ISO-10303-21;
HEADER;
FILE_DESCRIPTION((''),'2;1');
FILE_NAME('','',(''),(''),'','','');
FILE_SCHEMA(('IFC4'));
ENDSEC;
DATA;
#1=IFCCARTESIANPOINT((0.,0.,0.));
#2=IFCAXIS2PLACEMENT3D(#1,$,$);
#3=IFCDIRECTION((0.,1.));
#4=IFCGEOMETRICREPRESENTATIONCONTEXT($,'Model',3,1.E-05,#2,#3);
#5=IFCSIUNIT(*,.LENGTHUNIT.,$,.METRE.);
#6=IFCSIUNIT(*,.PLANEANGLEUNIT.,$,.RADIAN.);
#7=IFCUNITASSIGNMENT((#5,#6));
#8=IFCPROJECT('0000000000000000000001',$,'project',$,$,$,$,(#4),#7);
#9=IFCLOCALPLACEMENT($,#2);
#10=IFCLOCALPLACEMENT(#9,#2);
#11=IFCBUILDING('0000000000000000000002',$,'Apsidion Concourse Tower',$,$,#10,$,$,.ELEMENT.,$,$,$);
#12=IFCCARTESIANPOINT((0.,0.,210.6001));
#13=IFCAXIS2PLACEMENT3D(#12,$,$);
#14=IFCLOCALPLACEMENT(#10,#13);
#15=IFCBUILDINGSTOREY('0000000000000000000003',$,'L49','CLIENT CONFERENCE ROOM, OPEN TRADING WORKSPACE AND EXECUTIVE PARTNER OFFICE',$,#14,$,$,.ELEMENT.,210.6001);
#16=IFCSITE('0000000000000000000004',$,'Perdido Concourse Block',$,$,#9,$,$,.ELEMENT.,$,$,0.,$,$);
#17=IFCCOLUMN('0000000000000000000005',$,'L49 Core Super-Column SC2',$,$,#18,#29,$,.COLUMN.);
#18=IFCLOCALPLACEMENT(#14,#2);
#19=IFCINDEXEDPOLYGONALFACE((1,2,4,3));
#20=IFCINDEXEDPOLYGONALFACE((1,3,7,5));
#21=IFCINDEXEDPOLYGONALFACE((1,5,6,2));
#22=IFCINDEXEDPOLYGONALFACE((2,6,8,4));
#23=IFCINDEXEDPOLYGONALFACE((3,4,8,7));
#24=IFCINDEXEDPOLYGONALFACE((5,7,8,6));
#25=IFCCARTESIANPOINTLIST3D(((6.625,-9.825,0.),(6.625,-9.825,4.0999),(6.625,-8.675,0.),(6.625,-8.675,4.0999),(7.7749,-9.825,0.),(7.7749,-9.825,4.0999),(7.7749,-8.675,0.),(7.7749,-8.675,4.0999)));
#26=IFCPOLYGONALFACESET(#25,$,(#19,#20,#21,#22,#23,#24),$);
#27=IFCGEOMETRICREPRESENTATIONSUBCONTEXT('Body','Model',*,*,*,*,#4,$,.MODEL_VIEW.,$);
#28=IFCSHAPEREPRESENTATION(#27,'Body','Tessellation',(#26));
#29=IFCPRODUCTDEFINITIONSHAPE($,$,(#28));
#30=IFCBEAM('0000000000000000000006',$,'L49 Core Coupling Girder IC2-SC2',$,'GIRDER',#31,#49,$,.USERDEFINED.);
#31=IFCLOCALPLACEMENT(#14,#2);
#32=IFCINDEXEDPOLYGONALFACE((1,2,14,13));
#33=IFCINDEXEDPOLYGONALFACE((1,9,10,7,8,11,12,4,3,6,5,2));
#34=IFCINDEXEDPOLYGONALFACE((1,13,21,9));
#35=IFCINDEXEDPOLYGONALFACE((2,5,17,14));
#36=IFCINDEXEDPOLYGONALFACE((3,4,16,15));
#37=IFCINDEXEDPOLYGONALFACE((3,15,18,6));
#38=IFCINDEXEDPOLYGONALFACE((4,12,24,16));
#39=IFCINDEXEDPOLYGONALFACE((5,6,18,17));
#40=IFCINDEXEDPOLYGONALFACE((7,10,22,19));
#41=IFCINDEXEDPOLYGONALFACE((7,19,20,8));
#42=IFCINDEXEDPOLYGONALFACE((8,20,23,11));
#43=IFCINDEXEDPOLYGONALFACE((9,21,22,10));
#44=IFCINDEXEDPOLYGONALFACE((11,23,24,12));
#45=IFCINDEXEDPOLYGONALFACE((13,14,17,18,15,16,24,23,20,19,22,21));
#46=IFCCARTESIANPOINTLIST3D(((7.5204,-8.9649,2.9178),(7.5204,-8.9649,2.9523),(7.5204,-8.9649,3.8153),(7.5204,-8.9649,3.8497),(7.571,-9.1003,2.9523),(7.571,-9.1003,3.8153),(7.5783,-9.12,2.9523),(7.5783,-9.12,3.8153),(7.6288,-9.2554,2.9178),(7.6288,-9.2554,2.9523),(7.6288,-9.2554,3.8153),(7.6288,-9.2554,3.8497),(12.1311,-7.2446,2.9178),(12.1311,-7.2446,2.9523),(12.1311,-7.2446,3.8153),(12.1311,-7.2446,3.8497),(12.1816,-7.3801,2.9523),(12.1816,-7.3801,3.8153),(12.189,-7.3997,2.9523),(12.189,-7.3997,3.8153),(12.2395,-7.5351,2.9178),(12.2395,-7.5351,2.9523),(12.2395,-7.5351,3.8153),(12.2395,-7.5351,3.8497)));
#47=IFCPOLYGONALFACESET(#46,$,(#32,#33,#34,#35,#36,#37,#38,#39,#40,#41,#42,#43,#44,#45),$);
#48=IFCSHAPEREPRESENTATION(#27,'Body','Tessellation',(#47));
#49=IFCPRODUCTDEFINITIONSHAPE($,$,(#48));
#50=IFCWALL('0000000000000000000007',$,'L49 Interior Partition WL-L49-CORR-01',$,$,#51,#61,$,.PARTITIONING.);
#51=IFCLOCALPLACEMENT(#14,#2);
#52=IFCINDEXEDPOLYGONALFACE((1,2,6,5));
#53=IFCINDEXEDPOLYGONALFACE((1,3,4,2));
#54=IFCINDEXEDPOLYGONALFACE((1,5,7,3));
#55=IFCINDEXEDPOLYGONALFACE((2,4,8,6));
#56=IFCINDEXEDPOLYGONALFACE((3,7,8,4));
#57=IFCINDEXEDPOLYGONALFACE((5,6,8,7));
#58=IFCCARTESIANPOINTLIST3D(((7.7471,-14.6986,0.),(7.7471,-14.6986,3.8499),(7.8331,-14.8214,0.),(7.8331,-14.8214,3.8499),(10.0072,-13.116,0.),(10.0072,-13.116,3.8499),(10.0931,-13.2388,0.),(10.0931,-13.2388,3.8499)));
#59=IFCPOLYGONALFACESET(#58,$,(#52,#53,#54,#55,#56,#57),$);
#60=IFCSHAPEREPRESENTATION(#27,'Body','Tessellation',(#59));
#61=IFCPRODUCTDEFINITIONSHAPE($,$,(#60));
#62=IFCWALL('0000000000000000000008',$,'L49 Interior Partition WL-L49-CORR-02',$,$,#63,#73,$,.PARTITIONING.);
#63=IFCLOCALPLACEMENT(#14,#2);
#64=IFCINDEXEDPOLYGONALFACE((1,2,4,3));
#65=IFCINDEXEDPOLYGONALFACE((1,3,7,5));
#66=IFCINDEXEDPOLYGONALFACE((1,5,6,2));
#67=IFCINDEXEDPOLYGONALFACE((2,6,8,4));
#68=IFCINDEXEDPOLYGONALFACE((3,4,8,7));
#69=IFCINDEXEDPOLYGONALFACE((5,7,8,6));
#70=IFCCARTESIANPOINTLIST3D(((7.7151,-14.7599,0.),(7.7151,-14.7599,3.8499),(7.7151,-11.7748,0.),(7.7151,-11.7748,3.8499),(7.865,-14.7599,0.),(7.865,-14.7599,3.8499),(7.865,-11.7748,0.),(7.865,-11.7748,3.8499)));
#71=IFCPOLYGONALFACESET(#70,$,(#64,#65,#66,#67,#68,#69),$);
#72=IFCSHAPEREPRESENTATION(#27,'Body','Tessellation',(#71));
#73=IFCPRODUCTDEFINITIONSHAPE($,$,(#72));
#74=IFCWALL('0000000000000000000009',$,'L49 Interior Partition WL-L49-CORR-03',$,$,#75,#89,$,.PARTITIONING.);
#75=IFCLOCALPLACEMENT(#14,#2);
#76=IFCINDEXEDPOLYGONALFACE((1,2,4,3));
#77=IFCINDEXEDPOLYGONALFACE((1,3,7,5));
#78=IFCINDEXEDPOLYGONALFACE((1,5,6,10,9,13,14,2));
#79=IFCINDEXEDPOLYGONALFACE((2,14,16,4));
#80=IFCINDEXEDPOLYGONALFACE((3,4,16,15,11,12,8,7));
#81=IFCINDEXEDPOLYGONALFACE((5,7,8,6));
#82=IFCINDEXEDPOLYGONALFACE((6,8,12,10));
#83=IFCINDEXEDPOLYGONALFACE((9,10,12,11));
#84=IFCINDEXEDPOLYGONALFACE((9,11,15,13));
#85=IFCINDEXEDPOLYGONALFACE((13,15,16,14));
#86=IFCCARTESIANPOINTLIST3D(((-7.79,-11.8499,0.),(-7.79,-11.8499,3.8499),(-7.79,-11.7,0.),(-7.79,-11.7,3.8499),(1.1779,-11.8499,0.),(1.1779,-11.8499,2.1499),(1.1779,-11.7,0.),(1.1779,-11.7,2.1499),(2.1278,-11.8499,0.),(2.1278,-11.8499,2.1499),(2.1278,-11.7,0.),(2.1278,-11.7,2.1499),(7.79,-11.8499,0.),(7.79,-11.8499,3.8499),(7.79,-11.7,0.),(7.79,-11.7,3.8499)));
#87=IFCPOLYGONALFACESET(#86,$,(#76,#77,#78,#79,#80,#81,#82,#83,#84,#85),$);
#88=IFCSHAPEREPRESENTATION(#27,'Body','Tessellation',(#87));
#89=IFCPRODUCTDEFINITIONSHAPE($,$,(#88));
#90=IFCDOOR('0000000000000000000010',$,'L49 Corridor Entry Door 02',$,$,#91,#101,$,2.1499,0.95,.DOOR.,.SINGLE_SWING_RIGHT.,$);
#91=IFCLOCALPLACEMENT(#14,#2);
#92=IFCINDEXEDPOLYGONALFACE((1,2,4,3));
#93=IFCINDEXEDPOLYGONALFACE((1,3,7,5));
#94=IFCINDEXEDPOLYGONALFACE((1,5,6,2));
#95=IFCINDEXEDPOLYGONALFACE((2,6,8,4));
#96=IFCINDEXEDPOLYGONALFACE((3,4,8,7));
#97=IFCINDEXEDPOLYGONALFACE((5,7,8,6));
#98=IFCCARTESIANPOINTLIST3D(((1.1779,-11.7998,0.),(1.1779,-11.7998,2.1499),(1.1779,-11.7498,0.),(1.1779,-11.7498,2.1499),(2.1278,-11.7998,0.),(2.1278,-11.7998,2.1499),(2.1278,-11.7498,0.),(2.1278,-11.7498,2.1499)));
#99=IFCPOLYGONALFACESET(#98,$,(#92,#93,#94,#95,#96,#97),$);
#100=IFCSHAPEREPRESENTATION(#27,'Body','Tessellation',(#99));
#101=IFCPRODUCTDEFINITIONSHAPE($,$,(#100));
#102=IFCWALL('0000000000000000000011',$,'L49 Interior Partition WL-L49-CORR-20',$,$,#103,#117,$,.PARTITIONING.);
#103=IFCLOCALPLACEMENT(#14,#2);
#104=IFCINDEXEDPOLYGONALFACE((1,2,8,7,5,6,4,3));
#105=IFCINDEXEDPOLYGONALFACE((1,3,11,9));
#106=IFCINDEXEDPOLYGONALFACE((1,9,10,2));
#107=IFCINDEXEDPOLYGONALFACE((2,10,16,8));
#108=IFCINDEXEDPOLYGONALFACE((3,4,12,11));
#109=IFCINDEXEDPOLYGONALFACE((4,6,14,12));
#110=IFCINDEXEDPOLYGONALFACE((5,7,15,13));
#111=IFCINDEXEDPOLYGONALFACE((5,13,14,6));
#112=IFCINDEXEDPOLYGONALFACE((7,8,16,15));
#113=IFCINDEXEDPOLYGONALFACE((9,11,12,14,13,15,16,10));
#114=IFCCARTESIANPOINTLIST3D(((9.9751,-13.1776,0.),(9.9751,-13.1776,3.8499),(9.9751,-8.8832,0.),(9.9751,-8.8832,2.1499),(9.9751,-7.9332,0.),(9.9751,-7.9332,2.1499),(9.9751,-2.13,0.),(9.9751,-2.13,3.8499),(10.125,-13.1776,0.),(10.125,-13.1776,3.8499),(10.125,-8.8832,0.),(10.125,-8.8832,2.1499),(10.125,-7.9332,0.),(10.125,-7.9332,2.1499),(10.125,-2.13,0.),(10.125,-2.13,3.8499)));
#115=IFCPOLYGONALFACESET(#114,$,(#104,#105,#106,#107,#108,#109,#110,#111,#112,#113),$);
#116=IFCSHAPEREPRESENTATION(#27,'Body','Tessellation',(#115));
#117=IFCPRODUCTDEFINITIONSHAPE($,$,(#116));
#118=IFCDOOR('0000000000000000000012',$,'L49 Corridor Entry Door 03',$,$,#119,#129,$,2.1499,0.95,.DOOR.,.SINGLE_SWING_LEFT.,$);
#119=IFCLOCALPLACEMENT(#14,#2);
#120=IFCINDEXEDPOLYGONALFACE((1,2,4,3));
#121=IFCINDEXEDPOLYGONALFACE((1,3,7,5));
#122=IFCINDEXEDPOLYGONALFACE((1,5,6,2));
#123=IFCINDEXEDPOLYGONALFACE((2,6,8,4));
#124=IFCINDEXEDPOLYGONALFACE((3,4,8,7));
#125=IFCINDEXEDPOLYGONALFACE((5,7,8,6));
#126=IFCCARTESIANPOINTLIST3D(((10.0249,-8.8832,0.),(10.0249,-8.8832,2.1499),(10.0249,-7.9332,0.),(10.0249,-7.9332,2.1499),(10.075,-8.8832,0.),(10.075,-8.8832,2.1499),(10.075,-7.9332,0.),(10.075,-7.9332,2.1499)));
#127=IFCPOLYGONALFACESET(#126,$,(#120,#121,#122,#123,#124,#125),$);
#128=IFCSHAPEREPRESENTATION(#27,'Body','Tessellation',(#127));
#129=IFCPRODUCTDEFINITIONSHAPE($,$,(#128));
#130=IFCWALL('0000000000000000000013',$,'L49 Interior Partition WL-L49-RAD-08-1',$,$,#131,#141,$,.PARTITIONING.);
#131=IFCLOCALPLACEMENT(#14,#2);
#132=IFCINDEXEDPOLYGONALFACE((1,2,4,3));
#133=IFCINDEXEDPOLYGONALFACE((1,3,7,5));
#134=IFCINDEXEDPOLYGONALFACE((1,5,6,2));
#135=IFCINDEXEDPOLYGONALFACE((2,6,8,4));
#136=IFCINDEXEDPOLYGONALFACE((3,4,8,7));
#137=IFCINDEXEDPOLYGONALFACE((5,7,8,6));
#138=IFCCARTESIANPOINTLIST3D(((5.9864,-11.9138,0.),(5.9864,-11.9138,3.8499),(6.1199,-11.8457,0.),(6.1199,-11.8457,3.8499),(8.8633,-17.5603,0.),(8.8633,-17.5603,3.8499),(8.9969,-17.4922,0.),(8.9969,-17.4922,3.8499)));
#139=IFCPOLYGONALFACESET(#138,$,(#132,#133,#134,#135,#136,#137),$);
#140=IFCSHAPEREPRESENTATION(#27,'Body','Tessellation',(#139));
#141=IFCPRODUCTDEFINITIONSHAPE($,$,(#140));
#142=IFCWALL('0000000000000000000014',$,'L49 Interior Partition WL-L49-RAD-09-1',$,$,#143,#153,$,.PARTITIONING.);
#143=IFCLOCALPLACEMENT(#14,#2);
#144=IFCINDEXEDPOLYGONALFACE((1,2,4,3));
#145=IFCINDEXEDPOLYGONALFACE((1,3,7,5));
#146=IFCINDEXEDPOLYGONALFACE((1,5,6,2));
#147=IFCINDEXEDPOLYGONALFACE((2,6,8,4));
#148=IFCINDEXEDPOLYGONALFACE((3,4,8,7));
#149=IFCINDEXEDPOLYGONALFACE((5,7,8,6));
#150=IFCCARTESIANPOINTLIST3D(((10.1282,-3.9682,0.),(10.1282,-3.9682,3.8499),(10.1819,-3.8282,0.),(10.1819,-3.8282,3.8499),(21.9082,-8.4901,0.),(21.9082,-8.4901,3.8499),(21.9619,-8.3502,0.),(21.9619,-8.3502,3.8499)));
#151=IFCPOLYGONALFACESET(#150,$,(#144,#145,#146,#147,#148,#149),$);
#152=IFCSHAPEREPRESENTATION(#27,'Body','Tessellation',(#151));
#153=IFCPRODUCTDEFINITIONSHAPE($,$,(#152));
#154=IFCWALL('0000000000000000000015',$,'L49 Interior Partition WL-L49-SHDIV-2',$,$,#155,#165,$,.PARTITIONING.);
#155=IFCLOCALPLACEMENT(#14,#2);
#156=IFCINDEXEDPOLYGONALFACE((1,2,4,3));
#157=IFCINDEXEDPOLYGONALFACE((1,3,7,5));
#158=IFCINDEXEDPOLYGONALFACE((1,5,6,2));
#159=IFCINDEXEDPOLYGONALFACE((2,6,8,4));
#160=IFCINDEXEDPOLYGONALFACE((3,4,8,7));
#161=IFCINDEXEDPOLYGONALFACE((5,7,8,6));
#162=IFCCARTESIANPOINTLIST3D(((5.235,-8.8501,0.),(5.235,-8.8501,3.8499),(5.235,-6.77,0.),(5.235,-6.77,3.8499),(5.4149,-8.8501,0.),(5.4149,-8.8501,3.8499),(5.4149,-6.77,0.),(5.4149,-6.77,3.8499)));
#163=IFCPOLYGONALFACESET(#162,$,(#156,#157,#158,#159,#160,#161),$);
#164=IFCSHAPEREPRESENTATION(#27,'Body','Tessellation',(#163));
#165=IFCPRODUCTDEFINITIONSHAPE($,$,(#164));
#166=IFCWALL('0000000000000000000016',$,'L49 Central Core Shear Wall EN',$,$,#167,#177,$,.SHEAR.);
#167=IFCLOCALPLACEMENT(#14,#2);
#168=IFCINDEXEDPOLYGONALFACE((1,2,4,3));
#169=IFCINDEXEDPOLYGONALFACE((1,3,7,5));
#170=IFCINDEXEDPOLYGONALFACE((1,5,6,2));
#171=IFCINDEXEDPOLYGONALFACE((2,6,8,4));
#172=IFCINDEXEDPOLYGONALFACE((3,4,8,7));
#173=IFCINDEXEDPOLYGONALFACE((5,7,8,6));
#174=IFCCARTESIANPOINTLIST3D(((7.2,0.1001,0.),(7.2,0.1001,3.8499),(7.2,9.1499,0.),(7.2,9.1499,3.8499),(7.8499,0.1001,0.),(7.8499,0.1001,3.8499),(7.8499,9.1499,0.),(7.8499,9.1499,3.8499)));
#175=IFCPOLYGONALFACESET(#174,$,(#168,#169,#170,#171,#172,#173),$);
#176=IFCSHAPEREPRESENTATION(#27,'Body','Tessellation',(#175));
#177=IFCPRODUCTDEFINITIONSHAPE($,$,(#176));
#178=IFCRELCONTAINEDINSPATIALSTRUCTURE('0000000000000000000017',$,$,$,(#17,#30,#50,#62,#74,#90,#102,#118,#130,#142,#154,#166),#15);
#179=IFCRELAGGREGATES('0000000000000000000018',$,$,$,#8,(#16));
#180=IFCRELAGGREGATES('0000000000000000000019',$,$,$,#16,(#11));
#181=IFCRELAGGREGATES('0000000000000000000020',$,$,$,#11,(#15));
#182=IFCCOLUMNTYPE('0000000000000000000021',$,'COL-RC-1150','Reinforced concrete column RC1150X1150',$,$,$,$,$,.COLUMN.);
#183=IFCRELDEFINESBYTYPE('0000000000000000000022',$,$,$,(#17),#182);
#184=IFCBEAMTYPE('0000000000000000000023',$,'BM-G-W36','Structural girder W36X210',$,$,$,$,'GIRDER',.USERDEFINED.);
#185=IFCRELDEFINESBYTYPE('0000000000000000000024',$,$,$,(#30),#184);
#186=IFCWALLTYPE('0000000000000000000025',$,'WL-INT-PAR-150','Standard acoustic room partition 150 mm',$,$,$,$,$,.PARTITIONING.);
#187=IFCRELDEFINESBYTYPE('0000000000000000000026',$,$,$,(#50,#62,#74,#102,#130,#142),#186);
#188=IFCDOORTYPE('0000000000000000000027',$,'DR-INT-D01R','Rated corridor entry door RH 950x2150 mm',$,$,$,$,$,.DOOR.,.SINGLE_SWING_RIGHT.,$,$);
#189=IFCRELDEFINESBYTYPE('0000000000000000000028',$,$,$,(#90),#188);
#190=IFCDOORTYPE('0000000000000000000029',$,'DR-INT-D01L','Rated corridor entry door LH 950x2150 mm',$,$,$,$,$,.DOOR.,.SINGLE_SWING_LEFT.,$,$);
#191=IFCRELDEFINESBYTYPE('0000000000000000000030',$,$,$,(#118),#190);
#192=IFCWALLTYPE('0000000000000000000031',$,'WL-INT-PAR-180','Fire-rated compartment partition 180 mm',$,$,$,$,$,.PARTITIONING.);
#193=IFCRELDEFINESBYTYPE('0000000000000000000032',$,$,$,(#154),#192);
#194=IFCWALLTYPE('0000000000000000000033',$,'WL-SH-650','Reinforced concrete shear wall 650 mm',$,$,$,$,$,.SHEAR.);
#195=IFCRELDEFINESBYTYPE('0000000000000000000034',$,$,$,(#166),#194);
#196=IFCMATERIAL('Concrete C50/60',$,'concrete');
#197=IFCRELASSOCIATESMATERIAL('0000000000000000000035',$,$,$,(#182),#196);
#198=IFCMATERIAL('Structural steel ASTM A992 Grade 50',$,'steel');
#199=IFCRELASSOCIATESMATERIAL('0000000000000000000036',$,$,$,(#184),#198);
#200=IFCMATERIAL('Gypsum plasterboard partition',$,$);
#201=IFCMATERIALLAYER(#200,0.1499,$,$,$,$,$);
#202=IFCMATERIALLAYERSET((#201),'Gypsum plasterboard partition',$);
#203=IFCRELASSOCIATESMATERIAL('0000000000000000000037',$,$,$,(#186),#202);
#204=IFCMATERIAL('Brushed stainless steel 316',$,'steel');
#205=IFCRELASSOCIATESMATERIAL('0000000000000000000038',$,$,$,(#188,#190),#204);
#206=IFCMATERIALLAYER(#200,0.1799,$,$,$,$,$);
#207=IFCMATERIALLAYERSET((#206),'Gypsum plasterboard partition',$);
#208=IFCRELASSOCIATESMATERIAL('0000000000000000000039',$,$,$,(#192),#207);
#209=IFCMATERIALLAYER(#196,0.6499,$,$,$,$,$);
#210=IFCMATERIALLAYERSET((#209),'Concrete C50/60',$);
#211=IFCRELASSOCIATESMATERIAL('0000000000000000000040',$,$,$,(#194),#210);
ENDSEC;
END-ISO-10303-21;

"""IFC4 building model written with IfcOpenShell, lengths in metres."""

from ifc_helpers import new_model, si_unit, direction, frame, frame_2d, origin, origin_2d, place, context, subcontext, project, spatial, rectangle, i_section, extrude, material, layer, layer_set, material_profile, profile_set, type_object, element, fill, save


model = new_model("IFC4")

# Units and contexts
model_context = context("Model", 3, precision=1e-05, world=origin(), true_north=direction((0.0, 1.0)))
body_context = subcontext(model_context, "Body", "Model", "MODEL_VIEW")
ifc_project = project(units=[si_unit("LENGTHUNIT", "METRE"), si_unit("PLANEANGLEUNIT", "RADIAN")], contexts=[model_context])

# Site, building, storey
site_placement = place(None, origin())
site = spatial("IfcSite", under=ifc_project, at=site_placement, Name="Perdido Concourse Block", CompositionType="ELEMENT", RefElevation=0.0)
building_placement = place(site_placement, origin())
building = spatial("IfcBuilding", under=site, at=building_placement, Name="Apsidion Concourse Tower", CompositionType="ELEMENT")
storey_placement = place(building_placement, frame((0.0, 0.0, 210.6001)))
storey = spatial("IfcBuildingStorey", under=building, at=storey_placement, Name="L49", Description="CLIENT CONFERENCE ROOM, OPEN TRADING WORKSPACE AND EXECUTIVE PARTNER OFFICE", CompositionType="ELEMENT", Elevation=210.6001)

# Column
ifc_material_1 = material(Name="Concrete C50/60", Category="concrete")
ifc_material_profile_1 = material_profile(ifc_material_1, rectangle(XDim=1.1499, YDim=1.1499, at=origin_2d()), Name="RC 1150x1150")
ifc_profile_set_1 = profile_set([ifc_material_profile_1], Name="Concrete C50/60")
column_type = type_object("IfcColumnType", Name="COL-RC-1150", Description="Reinforced concrete column RC1150X1150", PredefinedType="COLUMN", material=ifc_profile_set_1)
column_placement = place(storey_placement, frame((7.2, -9.25, 0.0), z_axis=(0.0, 0.0, 1.0), x_axis=(1.0, 0.0, 0.0)))
element("IfcColumn", 1, at=column_placement, inside=storey, type_object=column_type, Name="L49 Core Super-Column SC2", PredefinedType="COLUMN", context=body_context, shape_type="SweptSolid", body=[
    extrude(rectangle(XDim=1.1499, YDim=1.1499, at=origin_2d()), origin(), (0.0, 0.0, 1.0), 4.0999),
])

# Beam
ifc_material_2 = material(Name="Structural steel ASTM A992 Grade 50", Category="steel")
ifc_material_profile_2 = material_profile(ifc_material_2, i_section(OverallWidth=0.3101, OverallDepth=0.9319, WebThickness=0.021, FlangeThickness=0.0344, at=origin_2d()), Name="W36X210")
ifc_profile_set_2 = profile_set([ifc_material_profile_2], Name="Structural steel ASTM A992 Grade 50")
beam_type = type_object("IfcBeamType", Name="BM-G-W36", Description="Structural girder W36X210", ElementType="GIRDER", PredefinedType="USERDEFINED", material=ifc_profile_set_2)
beam_placement = place(storey_placement, frame((12.1853, -7.3899, 3.3838), z_axis=(-0.936913, -0.349563, 0.0), x_axis=(0.349563, -0.936913, 0.0)))
element("IfcBeam", 2, at=beam_placement, inside=storey, type_object=beam_type, Name="L49 Core Coupling Girder IC2-SC2", ObjectType="GIRDER", PredefinedType="USERDEFINED", context=body_context, shape_type="SweptSolid", body=[
    extrude(i_section(OverallWidth=0.3101, OverallDepth=0.9319, WebThickness=0.021, FlangeThickness=0.0344, at=origin_2d()), origin(), (0.0, 0.0, 1.0), 4.9211),
])

# Walls
ifc_material_3 = material(Name="Gypsum plasterboard partition")
ifc_layer_1 = layer(ifc_material_3, 0.1499)
ifc_layer_set_1 = layer_set([ifc_layer_1], Name="Gypsum plasterboard partition")
wall_type_1 = type_object("IfcWallType", Name="WL-INT-PAR-150", Description="Standard acoustic room partition 150 mm", PredefinedType="PARTITIONING", material=ifc_layer_set_1)
wall_1_placement = place(storey_placement, frame((10.05, -13.1775, 0.0), z_axis=(0.0, 0.0, 1.0), x_axis=(-0.819145, -0.573587, 0.0)))
element("IfcWall", 3, at=wall_1_placement, inside=storey, type_object=wall_type_1, Name="L49 Interior Partition WL-L49-CORR-01", PredefinedType="PARTITIONING", context=body_context, shape_type="SweptSolid", body=[
    extrude(rectangle(XDim=2.759, YDim=0.1499, at=frame_2d((1.3794, 0.0))), origin(), (0.0, 0.0, 1.0), 3.8499),
])
wall_2_placement = place(storey_placement, frame((7.79, -14.76, 0.0), z_axis=(0.0, 0.0, 1.0), x_axis=(0.0, 1.0, 0.0)))
element("IfcWall", 4, at=wall_2_placement, inside=storey, type_object=wall_type_1, Name="L49 Interior Partition WL-L49-CORR-02", PredefinedType="PARTITIONING", context=body_context, shape_type="SweptSolid", body=[
    extrude(rectangle(XDim=2.9851, YDim=0.1499, at=frame_2d((1.4927, 0.0))), origin(), (0.0, 0.0, 1.0), 3.8499),
])

# Walls, openings, doors
wall_3_placement = place(storey_placement, frame((7.79, -11.7749, 0.0), z_axis=(0.0, 0.0, 1.0), x_axis=(-1.0, 0.0, 0.0)))
wall_3 = element("IfcWall", 5, at=wall_3_placement, inside=storey, type_object=wall_type_1, Name="L49 Interior Partition WL-L49-CORR-03", PredefinedType="PARTITIONING", context=body_context, shape_type="SweptSolid", body=[
    extrude(rectangle(XDim=15.5801, YDim=0.1499, at=frame_2d((7.79, 0.0))), origin(), (0.0, 0.0, 1.0), 3.8499),
])
opening_1_placement = place(wall_3_placement, frame((5.6621, 0.0, 0.0)))
opening_1 = element("IfcOpeningElement", 6, at=opening_1_placement, cuts=wall_3, PredefinedType="OPENING", context=body_context, shape_type="SweptSolid", body=[
    extrude(rectangle(XDim=0.95, YDim=2.1499, at=frame_2d((0.4751, 1.075))), frame((0.0, 0.085, 0.0), z_axis=(0.0, -1.0, 0.0), x_axis=(1.0, 0.0, 0.0)), (0.0, 0.0, 1.0), 0.1699),
])
ifc_material_4 = material(Name="Brushed stainless steel 316", Category="steel")
door_type_1 = type_object("IfcDoorType", Name="DR-INT-D01R", Description="Rated corridor entry door RH 950x2150 mm", OperationType="SINGLE_SWING_RIGHT", PredefinedType="DOOR", material=ifc_material_4)
door_1_placement = place(opening_1_placement, origin())
door_1 = element("IfcDoor", 7, at=door_1_placement, inside=storey, type_object=door_type_1, Name="L49 Corridor Entry Door 02", OperationType="SINGLE_SWING_RIGHT", OverallHeight=2.1499, OverallWidth=0.95, PredefinedType="DOOR", context=body_context, shape_type="SweptSolid", body=[
    extrude(rectangle(XDim=0.95, YDim=2.1499, at=frame_2d((0.4751, 1.075))), frame((0.0, 0.0249, 0.0), z_axis=(0.0, -1.0, 0.0), x_axis=(1.0, 0.0, 0.0)), (0.0, 0.0, 1.0), 0.05),
])
fill(opening_1, door_1)
wall_4_placement = place(storey_placement, frame((10.05, -2.1299, 0.0), z_axis=(0.0, 0.0, 1.0), x_axis=(0.0, -1.0, 0.0)))
wall_4 = element("IfcWall", 8, at=wall_4_placement, inside=storey, type_object=wall_type_1, Name="L49 Interior Partition WL-L49-CORR-20", PredefinedType="PARTITIONING", context=body_context, shape_type="SweptSolid", body=[
    extrude(rectangle(XDim=11.0476, YDim=0.1499, at=frame_2d((5.5239, 0.0))), origin(), (0.0, 0.0, 1.0), 3.8499),
])
opening_2_placement = place(wall_4_placement, frame((5.8032, 0.0, 0.0)))
opening_2 = element("IfcOpeningElement", 9, at=opening_2_placement, cuts=wall_4, PredefinedType="OPENING", context=body_context, shape_type="SweptSolid", body=[
    extrude(rectangle(XDim=0.95, YDim=2.1499, at=frame_2d((0.4751, 1.075))), frame((0.0, 0.085, 0.0), z_axis=(0.0, -1.0, 0.0), x_axis=(1.0, 0.0, 0.0)), (0.0, 0.0, 1.0), 0.1699),
])
door_type_2 = type_object("IfcDoorType", Name="DR-INT-D01L", Description="Rated corridor entry door LH 950x2150 mm", OperationType="SINGLE_SWING_LEFT", PredefinedType="DOOR", material=ifc_material_4)
door_2_placement = place(opening_2_placement, origin())
door_2 = element("IfcDoor", 10, at=door_2_placement, inside=storey, type_object=door_type_2, Name="L49 Corridor Entry Door 03", OperationType="SINGLE_SWING_LEFT", OverallHeight=2.1499, OverallWidth=0.95, PredefinedType="DOOR", context=body_context, shape_type="SweptSolid", body=[
    extrude(rectangle(XDim=0.95, YDim=2.1499, at=frame_2d((0.4751, 1.075))), frame((0.0, 0.0249, 0.0), z_axis=(0.0, -1.0, 0.0), x_axis=(1.0, 0.0, 0.0)), (0.0, 0.0, 1.0), 0.05),
])
fill(opening_2, door_2)

# Walls
wall_5_placement = place(storey_placement, frame((6.0532, -11.8799, 0.0), z_axis=(0.0, 0.0, 1.0), x_axis=(0.453981, -0.891011, 0.0)))
element("IfcWall", 11, at=wall_5_placement, inside=storey, type_object=wall_type_1, Name="L49 Interior Partition WL-L49-RAD-08-1", PredefinedType="PARTITIONING", context=body_context, shape_type="SweptSolid", body=[
    extrude(rectangle(XDim=6.3372, YDim=0.1499, at=frame_2d((3.1685, 0.0))), origin(), (0.0, 0.0, 1.0), 3.8499),
])
wall_6_placement = place(storey_placement, frame((10.155, -3.8982, 0.0), z_axis=(0.0, 0.0, 1.0), x_axis=(0.933579, -0.358371, 0.0)))
element("IfcWall", 12, at=wall_6_placement, inside=storey, type_object=wall_type_1, Name="L49 Interior Partition WL-L49-RAD-09-1", PredefinedType="PARTITIONING", context=body_context, shape_type="SweptSolid", body=[
    extrude(rectangle(XDim=12.6182, YDim=0.1499, at=frame_2d((6.3091, 0.0))), origin(), (0.0, 0.0, 1.0), 3.8499),
])
ifc_layer_2 = layer(ifc_material_3, 0.1799)
ifc_layer_set_2 = layer_set([ifc_layer_2], Name="Gypsum plasterboard partition")
wall_type_2 = type_object("IfcWallType", Name="WL-INT-PAR-180", Description="Fire-rated compartment partition 180 mm", PredefinedType="PARTITIONING", material=ifc_layer_set_2)
wall_7_placement = place(storey_placement, frame((5.325, -8.8501, 0.0), z_axis=(0.0, 0.0, 1.0), x_axis=(0.0, 1.0, 0.0)))
element("IfcWall", 13, at=wall_7_placement, inside=storey, type_object=wall_type_2, Name="L49 Interior Partition WL-L49-SHDIV-2", PredefinedType="PARTITIONING", context=body_context, shape_type="SweptSolid", body=[
    extrude(rectangle(XDim=2.0801, YDim=0.1799, at=frame_2d((1.04, 0.0))), origin(), (0.0, 0.0, 1.0), 3.8499),
])
ifc_layer_3 = layer(ifc_material_1, 0.6499)
ifc_layer_set_3 = layer_set([ifc_layer_3], Name="Concrete C50/60")
wall_type_3 = type_object("IfcWallType", Name="WL-SH-650", Description="Reinforced concrete shear wall 650 mm", PredefinedType="SHEAR", material=ifc_layer_set_3)
wall_8_placement = place(storey_placement, frame((7.5249, 0.1001, 0.0), z_axis=(0.0, 0.0, 1.0), x_axis=(0.0, 1.0, 0.0)))
element("IfcWall", 14, at=wall_8_placement, inside=storey, type_object=wall_type_3, Name="L49 Central Core Shear Wall EN", PredefinedType="SHEAR", context=body_context, shape_type="SweptSolid", body=[
    extrude(rectangle(XDim=9.0498, YDim=0.6499, at=frame_2d((4.5249, 0.0))), origin(), (0.0, 0.0, 1.0), 3.8499),
])

save(model, "model.ifc")
